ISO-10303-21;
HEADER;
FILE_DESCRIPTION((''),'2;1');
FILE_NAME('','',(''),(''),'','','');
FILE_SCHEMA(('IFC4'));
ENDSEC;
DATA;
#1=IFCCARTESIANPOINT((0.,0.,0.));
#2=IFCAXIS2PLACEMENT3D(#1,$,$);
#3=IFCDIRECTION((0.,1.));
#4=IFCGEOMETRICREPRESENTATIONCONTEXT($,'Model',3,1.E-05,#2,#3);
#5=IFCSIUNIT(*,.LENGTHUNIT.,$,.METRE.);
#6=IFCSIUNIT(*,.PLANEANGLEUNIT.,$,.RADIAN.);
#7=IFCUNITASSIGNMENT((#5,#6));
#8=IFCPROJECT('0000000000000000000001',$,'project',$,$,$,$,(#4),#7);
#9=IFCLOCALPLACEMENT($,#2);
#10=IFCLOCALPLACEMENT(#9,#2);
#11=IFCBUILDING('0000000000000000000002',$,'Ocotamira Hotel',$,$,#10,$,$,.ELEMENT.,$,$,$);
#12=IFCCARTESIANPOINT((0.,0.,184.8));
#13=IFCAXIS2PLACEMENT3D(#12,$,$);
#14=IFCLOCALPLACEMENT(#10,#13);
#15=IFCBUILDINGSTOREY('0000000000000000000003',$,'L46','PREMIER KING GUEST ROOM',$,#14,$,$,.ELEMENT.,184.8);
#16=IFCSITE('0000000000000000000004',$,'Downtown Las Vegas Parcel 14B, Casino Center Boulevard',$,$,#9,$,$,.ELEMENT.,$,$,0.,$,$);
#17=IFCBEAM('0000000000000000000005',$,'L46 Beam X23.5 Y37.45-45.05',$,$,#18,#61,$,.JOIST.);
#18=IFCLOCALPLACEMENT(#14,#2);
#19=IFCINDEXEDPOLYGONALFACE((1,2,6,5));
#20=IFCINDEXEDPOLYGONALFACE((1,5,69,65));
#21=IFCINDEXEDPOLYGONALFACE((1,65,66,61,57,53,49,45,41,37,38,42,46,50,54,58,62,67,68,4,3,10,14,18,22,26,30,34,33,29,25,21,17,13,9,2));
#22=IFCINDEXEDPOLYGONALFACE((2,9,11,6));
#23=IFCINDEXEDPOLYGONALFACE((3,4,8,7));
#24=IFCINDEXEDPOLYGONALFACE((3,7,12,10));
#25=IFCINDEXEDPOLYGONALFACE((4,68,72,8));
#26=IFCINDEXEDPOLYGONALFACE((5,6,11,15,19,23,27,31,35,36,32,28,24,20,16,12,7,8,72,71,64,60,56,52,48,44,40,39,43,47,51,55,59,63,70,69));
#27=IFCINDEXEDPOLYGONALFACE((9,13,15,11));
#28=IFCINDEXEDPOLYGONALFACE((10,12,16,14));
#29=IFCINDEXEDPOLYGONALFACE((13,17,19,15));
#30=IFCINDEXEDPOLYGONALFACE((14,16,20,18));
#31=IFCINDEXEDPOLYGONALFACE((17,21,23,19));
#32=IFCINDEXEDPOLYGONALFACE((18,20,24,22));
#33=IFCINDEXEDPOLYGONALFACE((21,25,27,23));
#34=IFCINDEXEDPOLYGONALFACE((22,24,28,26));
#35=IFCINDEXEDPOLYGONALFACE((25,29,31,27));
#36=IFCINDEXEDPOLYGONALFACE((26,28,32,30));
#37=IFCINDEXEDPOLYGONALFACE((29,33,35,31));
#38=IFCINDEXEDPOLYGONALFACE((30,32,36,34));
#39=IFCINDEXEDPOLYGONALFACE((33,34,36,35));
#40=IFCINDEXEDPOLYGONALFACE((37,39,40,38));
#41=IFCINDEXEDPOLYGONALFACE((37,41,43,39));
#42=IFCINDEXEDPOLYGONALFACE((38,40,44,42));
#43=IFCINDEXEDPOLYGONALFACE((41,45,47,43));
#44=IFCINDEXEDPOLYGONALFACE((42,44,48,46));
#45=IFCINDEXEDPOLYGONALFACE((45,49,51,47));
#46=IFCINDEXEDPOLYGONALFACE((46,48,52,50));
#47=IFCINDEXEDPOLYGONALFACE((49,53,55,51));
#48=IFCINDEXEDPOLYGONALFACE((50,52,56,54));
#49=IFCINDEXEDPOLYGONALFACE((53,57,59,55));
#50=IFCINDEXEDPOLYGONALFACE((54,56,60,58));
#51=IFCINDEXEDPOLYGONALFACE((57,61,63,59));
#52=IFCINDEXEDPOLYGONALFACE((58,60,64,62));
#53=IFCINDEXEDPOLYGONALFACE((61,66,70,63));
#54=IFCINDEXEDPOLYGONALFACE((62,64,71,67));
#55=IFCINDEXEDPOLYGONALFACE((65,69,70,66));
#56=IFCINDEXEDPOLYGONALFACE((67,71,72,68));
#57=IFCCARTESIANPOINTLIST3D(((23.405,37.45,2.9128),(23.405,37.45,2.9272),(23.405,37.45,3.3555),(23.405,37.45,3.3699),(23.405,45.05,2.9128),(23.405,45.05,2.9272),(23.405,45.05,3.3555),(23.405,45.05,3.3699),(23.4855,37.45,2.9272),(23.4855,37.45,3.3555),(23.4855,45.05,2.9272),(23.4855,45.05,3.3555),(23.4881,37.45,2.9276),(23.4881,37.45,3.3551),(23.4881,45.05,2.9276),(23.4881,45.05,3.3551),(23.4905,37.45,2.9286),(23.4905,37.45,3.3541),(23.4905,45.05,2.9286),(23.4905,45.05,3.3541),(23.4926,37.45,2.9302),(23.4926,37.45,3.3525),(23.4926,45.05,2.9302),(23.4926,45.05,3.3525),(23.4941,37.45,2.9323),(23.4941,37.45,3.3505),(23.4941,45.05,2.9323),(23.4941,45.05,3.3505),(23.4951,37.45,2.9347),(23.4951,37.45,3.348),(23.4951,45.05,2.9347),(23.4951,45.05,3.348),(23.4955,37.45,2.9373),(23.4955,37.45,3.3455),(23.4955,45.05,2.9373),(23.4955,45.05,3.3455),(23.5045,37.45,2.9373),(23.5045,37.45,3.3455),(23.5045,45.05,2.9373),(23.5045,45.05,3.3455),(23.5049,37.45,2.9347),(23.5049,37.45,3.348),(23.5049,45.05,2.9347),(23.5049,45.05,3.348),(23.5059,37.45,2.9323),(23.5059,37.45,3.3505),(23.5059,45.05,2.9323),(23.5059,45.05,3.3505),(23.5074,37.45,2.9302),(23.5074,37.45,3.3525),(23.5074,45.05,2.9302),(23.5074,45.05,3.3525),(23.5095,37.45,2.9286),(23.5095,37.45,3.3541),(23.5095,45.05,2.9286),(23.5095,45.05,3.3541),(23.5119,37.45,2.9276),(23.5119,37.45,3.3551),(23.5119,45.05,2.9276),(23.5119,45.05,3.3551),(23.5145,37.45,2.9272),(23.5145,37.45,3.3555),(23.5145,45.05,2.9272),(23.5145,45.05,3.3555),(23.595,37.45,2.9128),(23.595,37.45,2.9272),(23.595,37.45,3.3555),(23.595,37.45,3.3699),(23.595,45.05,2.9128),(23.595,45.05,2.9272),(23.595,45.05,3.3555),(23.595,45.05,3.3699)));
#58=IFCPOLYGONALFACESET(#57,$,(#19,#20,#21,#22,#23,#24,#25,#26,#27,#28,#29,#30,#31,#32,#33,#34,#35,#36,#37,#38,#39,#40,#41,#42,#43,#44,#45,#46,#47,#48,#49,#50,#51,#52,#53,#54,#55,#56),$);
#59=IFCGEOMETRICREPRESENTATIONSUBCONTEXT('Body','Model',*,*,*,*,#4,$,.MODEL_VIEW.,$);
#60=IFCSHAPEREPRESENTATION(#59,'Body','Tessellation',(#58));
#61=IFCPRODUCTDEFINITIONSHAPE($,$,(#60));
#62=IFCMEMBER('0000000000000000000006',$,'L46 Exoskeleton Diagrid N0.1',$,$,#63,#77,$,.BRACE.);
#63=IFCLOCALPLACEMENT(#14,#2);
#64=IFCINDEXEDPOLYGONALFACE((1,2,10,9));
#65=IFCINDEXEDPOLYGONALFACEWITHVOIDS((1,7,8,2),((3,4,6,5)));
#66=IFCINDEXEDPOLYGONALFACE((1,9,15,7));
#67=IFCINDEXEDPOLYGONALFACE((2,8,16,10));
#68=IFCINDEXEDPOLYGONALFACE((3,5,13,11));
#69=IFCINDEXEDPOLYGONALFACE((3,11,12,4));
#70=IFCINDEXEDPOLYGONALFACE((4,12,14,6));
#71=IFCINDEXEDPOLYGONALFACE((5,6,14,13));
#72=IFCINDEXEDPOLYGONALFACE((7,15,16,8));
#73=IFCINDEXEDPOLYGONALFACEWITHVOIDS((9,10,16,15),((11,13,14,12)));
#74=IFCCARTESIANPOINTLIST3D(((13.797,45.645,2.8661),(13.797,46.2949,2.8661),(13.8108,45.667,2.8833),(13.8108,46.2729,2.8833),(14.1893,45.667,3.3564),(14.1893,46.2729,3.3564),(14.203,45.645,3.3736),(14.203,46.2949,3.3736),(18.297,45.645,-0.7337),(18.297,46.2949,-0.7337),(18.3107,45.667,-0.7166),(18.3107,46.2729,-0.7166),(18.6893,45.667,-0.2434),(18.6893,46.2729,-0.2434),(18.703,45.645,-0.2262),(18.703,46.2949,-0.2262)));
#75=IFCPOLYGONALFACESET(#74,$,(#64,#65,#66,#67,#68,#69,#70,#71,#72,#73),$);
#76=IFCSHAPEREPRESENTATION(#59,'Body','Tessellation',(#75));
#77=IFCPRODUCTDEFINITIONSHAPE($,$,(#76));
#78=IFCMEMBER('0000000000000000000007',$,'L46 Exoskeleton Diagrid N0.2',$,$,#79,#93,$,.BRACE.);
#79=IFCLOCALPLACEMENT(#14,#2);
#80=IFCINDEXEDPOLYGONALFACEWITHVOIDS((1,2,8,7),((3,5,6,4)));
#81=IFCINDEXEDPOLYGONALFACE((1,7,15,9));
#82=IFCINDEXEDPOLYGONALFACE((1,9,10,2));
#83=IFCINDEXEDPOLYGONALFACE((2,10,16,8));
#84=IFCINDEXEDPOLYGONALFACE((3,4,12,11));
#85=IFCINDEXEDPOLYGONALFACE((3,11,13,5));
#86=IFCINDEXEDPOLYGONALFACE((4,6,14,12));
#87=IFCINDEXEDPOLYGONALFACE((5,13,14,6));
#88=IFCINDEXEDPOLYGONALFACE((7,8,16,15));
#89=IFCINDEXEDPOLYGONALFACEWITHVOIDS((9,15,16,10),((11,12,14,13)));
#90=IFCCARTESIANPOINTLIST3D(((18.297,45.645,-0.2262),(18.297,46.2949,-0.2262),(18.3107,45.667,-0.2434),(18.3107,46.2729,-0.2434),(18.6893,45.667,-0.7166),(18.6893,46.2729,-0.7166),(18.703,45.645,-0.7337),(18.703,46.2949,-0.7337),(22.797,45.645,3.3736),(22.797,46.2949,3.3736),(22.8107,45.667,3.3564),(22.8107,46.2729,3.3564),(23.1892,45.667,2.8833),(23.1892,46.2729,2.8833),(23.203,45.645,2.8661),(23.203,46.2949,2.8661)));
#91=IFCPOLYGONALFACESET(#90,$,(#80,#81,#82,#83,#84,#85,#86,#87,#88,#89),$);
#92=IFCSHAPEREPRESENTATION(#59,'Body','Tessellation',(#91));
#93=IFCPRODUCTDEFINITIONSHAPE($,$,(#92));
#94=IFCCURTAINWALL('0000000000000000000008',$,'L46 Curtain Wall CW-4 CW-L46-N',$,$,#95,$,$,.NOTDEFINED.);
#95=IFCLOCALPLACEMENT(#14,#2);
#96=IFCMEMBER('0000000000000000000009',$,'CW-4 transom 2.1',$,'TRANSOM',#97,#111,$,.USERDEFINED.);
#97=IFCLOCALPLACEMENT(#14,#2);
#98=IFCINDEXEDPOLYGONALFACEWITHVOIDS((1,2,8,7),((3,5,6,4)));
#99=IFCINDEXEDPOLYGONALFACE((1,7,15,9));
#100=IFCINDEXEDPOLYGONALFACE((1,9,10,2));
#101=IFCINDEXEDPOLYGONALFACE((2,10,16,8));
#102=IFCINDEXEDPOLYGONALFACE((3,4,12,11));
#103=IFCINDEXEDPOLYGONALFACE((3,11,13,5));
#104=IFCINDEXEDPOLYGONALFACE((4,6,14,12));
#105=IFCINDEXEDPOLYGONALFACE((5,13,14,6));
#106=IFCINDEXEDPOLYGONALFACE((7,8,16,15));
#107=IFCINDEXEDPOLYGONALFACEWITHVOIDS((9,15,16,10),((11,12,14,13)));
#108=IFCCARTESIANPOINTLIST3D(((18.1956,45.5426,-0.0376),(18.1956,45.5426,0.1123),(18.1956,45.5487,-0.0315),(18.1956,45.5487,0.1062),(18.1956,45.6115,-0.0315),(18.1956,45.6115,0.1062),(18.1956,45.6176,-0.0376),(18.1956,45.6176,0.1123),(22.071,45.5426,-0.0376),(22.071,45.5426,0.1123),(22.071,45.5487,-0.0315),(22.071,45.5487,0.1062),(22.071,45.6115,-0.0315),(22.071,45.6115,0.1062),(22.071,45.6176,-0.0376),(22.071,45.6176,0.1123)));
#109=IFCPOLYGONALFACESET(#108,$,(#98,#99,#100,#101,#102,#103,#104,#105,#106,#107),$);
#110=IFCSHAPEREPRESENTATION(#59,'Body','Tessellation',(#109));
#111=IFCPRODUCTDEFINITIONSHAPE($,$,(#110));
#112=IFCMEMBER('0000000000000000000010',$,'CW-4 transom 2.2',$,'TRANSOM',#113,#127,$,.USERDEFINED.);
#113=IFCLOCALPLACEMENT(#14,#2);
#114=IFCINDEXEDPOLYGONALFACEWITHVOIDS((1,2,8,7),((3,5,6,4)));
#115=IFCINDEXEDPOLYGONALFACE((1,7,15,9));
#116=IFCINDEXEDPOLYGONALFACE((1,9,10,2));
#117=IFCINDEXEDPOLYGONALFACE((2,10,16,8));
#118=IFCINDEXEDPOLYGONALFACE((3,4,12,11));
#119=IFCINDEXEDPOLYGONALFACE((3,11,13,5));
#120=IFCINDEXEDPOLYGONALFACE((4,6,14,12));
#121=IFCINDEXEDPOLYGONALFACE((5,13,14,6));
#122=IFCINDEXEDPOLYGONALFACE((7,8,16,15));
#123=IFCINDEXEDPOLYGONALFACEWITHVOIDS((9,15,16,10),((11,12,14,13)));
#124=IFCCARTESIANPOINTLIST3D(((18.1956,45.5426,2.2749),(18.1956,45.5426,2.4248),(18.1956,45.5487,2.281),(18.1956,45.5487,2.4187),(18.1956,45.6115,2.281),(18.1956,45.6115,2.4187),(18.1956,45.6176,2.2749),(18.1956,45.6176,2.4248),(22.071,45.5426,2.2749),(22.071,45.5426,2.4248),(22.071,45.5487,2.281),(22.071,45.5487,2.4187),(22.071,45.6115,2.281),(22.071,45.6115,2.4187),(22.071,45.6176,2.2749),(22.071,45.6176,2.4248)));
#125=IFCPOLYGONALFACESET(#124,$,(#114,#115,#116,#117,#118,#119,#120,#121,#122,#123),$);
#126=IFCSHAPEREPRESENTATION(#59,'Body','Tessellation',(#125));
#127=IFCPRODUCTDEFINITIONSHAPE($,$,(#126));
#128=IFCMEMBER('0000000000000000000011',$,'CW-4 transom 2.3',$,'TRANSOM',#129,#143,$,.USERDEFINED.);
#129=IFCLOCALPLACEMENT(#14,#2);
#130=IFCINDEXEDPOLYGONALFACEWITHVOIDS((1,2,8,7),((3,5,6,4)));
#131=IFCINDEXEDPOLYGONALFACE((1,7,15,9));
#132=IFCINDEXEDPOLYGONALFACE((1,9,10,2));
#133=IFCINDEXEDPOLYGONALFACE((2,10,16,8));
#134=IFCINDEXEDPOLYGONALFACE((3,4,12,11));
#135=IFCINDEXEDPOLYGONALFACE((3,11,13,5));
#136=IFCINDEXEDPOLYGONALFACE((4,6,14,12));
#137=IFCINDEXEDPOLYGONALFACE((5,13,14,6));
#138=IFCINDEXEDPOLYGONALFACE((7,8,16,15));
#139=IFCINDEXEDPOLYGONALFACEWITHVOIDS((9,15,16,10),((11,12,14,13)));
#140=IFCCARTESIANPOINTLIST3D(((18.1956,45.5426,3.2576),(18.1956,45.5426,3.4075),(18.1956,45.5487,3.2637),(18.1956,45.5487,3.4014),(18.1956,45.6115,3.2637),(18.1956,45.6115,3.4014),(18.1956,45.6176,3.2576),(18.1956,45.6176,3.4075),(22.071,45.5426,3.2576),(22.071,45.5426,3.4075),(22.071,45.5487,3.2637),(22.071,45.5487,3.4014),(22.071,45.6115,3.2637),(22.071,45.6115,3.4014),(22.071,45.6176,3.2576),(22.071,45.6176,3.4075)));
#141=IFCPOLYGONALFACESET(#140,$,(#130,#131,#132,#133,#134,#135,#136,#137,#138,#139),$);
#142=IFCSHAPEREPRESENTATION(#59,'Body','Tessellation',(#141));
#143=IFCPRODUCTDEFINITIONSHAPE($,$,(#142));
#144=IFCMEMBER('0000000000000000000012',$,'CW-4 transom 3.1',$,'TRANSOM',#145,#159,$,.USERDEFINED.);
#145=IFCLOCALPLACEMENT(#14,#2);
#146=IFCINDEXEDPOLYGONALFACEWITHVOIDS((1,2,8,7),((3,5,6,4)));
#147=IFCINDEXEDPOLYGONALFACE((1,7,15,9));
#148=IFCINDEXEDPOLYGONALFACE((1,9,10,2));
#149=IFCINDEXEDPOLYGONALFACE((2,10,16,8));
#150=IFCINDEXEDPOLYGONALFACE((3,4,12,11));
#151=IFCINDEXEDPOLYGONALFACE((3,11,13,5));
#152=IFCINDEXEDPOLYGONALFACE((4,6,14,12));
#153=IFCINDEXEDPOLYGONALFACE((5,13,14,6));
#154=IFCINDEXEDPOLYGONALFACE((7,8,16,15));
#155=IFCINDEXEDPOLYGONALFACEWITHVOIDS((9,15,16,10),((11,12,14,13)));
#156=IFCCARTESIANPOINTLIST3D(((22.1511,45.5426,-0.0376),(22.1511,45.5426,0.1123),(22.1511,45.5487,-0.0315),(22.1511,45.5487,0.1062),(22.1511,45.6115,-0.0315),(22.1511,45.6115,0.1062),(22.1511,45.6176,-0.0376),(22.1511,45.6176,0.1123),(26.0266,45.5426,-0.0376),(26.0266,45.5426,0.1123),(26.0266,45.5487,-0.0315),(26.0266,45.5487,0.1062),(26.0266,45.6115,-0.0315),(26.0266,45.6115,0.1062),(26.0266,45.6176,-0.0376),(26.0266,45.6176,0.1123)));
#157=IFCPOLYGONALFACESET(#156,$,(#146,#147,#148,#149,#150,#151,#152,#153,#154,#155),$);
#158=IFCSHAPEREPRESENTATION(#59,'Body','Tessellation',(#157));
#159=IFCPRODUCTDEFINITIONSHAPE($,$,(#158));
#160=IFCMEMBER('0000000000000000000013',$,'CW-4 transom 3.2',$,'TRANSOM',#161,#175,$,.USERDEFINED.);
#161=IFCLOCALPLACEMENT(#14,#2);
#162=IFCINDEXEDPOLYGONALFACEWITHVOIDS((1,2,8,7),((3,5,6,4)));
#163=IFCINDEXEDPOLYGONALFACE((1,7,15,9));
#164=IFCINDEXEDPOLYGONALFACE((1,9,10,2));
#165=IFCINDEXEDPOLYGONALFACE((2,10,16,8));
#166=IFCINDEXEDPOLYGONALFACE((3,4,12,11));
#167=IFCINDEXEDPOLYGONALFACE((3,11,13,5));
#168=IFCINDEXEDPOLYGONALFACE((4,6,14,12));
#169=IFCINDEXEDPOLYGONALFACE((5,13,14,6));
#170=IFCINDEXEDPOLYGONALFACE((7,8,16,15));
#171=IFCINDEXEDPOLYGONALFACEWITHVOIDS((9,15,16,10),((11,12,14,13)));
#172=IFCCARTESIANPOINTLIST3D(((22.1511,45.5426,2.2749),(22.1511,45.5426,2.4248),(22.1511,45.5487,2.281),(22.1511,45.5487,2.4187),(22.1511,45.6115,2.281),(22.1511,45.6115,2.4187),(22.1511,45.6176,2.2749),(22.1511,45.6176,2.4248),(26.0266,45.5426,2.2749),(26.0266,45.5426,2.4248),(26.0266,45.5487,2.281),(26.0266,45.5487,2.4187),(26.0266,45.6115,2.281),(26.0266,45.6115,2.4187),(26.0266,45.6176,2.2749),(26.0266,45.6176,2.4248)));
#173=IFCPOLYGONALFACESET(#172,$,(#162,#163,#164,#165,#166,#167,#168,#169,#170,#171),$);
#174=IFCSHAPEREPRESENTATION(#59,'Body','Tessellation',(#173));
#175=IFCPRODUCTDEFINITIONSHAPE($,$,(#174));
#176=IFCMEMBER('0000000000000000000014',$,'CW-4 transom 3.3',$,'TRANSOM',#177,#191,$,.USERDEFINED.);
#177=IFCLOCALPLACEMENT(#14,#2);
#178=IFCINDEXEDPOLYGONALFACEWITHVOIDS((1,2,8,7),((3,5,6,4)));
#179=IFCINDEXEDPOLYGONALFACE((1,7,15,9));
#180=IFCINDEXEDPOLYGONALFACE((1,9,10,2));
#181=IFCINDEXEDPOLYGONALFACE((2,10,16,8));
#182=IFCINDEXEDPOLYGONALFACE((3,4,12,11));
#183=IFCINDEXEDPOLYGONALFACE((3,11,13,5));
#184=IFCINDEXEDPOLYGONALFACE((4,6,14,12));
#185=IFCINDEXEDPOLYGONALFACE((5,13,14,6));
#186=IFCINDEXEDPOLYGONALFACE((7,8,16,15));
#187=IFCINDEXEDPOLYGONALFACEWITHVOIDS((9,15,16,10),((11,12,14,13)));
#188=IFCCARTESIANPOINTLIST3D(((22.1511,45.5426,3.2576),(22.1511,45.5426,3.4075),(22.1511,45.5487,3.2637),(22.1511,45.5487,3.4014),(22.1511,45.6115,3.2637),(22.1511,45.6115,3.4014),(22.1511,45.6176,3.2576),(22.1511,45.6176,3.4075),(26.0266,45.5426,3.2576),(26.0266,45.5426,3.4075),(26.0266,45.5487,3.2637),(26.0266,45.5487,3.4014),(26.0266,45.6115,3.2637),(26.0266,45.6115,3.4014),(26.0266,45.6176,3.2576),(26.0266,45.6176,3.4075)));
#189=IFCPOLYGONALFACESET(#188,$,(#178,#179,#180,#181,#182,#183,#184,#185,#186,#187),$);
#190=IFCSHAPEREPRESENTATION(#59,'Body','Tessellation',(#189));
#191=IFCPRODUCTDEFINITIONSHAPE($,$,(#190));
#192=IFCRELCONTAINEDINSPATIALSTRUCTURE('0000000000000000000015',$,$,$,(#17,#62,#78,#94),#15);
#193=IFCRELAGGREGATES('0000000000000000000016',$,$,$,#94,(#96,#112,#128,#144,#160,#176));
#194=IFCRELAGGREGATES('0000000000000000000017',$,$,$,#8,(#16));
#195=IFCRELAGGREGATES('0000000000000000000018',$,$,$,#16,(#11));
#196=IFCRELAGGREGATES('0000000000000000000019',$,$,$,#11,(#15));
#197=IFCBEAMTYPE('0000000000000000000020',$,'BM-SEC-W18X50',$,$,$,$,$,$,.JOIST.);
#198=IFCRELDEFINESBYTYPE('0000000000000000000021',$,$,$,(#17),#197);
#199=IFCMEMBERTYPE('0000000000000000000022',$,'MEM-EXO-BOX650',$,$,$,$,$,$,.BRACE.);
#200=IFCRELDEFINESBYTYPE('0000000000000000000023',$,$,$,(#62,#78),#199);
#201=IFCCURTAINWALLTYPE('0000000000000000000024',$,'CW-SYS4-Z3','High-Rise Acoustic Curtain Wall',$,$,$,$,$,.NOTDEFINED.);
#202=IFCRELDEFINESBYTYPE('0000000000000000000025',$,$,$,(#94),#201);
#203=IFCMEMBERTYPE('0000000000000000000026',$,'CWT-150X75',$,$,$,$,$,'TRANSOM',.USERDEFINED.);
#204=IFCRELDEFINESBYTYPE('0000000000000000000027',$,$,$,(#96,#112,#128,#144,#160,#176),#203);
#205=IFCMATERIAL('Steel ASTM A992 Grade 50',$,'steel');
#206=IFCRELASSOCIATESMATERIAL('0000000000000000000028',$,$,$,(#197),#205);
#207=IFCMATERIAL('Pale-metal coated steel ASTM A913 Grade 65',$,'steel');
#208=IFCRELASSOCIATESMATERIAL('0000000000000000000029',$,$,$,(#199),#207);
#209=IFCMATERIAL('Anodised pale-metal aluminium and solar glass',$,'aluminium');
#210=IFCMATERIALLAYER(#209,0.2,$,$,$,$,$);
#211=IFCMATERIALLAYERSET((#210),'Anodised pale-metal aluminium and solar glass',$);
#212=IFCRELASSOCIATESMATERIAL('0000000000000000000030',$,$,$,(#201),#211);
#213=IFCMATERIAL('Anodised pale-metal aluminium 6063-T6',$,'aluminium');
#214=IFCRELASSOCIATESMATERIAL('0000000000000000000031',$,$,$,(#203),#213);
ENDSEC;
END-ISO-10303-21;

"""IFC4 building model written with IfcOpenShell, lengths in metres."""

from ifc_helpers import new_model, si_unit, direction, frame, origin, origin_2d, place, context, subcontext, project, spatial, hollow_rectangle, i_section, extrude, source, transform, mapped, material, layer, layer_set, material_profile, profile_set, type_object, element, aggregate, save


model = new_model("IFC4")

# Units and contexts
model_context = context("Model", 3, precision=1e-05, world=origin(), true_north=direction((0.0, 1.0)))
body_context = subcontext(model_context, "Body", "Model", "MODEL_VIEW")
ifc_project = project(units=[si_unit("LENGTHUNIT", "METRE"), si_unit("PLANEANGLEUNIT", "RADIAN")], contexts=[model_context])

# Site, building, storey
site_placement = place(None, origin())
site = spatial("IfcSite", under=ifc_project, at=site_placement, Name="Downtown Las Vegas Parcel 14B, Casino Center Boulevard", CompositionType="ELEMENT", RefElevation=0.0)
building_placement = place(site_placement, origin())
building = spatial("IfcBuilding", under=site, at=building_placement, Name="Ocotamira Hotel", CompositionType="ELEMENT")
storey_placement = place(building_placement, frame((0.0, 0.0, 184.8)))
storey = spatial("IfcBuildingStorey", under=building, at=storey_placement, Name="L46", Description="PREMIER KING GUEST ROOM", CompositionType="ELEMENT", Elevation=184.8)

# Beam
ifc_material_1 = material(Name="Steel ASTM A992 Grade 50", Category="steel")
ifc_material_profile_1 = material_profile(ifc_material_1, i_section(OverallWidth=0.1899, OverallDepth=0.457, WebThickness=0.009, FlangeThickness=0.0144, FilletRadius=0.01, at=origin_2d()), Name="W18X50")
ifc_profile_set_1 = profile_set([ifc_material_profile_1], Name="Steel ASTM A992 Grade 50")
beam_type_1 = type_object("IfcBeamType", Name="BM-SEC-W18X50", PredefinedType="JOIST", material=ifc_profile_set_1)
shared_shape_1 = source(origin(), body_context, "Body", "SweptSolid", [
    extrude(i_section(OverallWidth=0.1899, OverallDepth=0.457, WebThickness=0.009, FlangeThickness=0.0144, FilletRadius=0.01, at=origin_2d()), origin(), (0.0, 0.0, 1.0), 7.6001),
])
beam_1_placement = place(storey_placement, frame((23.5, 37.45, 3.1414), z_axis=(0.0, 1.0, 0.0), x_axis=(-1.0, 0.0, 0.0)))
element("IfcBeam", 1, at=beam_1_placement, inside=storey, type_object=beam_type_1, Name="L46 Beam X23.5 Y37.45-45.05", PredefinedType="JOIST", context=body_context, shape_type="MappedRepresentation", body=[
    mapped(shared_shape_1, transform((0.0, 0.0, 0.0), scale=1.0)),
])

# Members
ifc_material_2 = material(Name="Pale-metal coated steel ASTM A913 Grade 65", Category="steel")
ifc_material_profile_2 = material_profile(ifc_material_2, hollow_rectangle(XDim=0.6499, YDim=0.6499, WallThickness=0.022, at=origin_2d()), Name="BOX650X650X22")
ifc_profile_set_2 = profile_set([ifc_material_profile_2], Name="Pale-metal coated steel ASTM A913 Grade 65")
member_type_1 = type_object("IfcMemberType", Name="MEM-EXO-BOX650", PredefinedType="BRACE", material=ifc_profile_set_2)
shared_shape_2 = source(origin(), body_context, "Body", "SweptSolid", [
    extrude(hollow_rectangle(XDim=0.6499, YDim=0.6499, WallThickness=0.022, at=origin_2d()), origin(), (0.0, 0.0, 1.0), 5.7627),
])
for number, where, z_axis, x_axis, name in (
    (2, (18.5, 45.97, -0.48), (-0.780881, 0.0, 0.62468), (0.0, -1.0, 0.0), "L46 Exoskeleton Diagrid N0.1"),
    (3, (18.5, 45.97, -0.48), (0.780881, 0.0, 0.62468), (0.0, 1.0, 0.0), "L46 Exoskeleton Diagrid N0.2"),
):
    element("IfcMember", number, at=place(storey_placement, frame(where, z_axis=z_axis, x_axis=x_axis)), inside=storey, type_object=member_type_1, Name=name, PredefinedType="BRACE", context=body_context, shape_type="MappedRepresentation", body=[
        mapped(shared_shape_2, transform((0.0, 0.0, 0.0), scale=1.0)),
    ])

# Curtain wall, members
ifc_material_3 = material(Name="Anodised pale-metal aluminium and solar glass", Category="aluminium")
ifc_layer_1 = layer(ifc_material_3, 0.2)
ifc_layer_set_1 = layer_set([ifc_layer_1], Name="Anodised pale-metal aluminium and solar glass")
curtain_wall_type = type_object("IfcCurtainWallType", Name="CW-SYS4-Z3", Description="High-Rise Acoustic Curtain Wall", PredefinedType="NOTDEFINED", material=ifc_layer_set_1)
curtain_wall_placement = place(storey_placement, origin())
curtain_wall = element("IfcCurtainWall", 4, at=curtain_wall_placement, inside=storey, type_object=curtain_wall_type, Name="L46 Curtain Wall CW-4 CW-L46-N", PredefinedType="NOTDEFINED")
ifc_material_4 = material(Name="Anodised pale-metal aluminium 6063-T6", Category="aluminium")
ifc_material_profile_3 = material_profile(ifc_material_4, hollow_rectangle(XDim=0.075, YDim=0.1499, WallThickness=0.0061, at=origin_2d()), Name="HSS150X75X6")
ifc_profile_set_3 = profile_set([ifc_material_profile_3], Name="Anodised pale-metal aluminium 6063-T6")
member_type_2 = type_object("IfcMemberType", Name="CWT-150X75", ElementType="TRANSOM", PredefinedType="USERDEFINED", material=ifc_profile_set_3)
shared_shape_3 = source(origin(), body_context, "Body", "SweptSolid", [
    extrude(hollow_rectangle(XDim=0.075, YDim=0.1499, WallThickness=0.0061, at=origin_2d()), origin(), (0.0, 0.0, 1.0), 3.8755),
])
member_1_placement = place(storey_placement, frame((18.1956, 45.5801, 0.0374), z_axis=(1.0, 0.0, 0.0), x_axis=(0.0, 1.0, 0.0)))
member_1 = element("IfcMember", 5, at=member_1_placement, type_object=member_type_2, Name="CW-4 transom 2.1", ObjectType="TRANSOM", PredefinedType="USERDEFINED", context=body_context, shape_type="MappedRepresentation", body=[
    mapped(shared_shape_3, transform((0.0, 0.0, 0.0), scale=1.0)),
])
member_2_placement = place(storey_placement, frame((18.1956, 45.5801, 2.3499), z_axis=(1.0, 0.0, 0.0), x_axis=(0.0, 1.0, 0.0)))
member_2 = element("IfcMember", 6, at=member_2_placement, type_object=member_type_2, Name="CW-4 transom 2.2", ObjectType="TRANSOM", PredefinedType="USERDEFINED", context=body_context, shape_type="MappedRepresentation", body=[
    mapped(shared_shape_3, transform((0.0, 0.0, 0.0), scale=1.0)),
])
member_3_placement = place(storey_placement, frame((18.1956, 45.5801, 3.3325), z_axis=(1.0, 0.0, 0.0), x_axis=(0.0, 1.0, 0.0)))
member_3 = element("IfcMember", 7, at=member_3_placement, type_object=member_type_2, Name="CW-4 transom 2.3", ObjectType="TRANSOM", PredefinedType="USERDEFINED", context=body_context, shape_type="MappedRepresentation", body=[
    mapped(shared_shape_3, transform((0.0, 0.0, 0.0), scale=1.0)),
])
member_4_placement = place(storey_placement, frame((22.1511, 45.5801, 0.0374), z_axis=(1.0, 0.0, 0.0), x_axis=(0.0, 1.0, 0.0)))
member_4 = element("IfcMember", 8, at=member_4_placement, type_object=member_type_2, Name="CW-4 transom 3.1", ObjectType="TRANSOM", PredefinedType="USERDEFINED", context=body_context, shape_type="MappedRepresentation", body=[
    mapped(shared_shape_3, transform((0.0, 0.0, 0.0), scale=1.0)),
])
member_5_placement = place(storey_placement, frame((22.1511, 45.5801, 2.3499), z_axis=(1.0, 0.0, 0.0), x_axis=(0.0, 1.0, 0.0)))
member_5 = element("IfcMember", 9, at=member_5_placement, type_object=member_type_2, Name="CW-4 transom 3.2", ObjectType="TRANSOM", PredefinedType="USERDEFINED", context=body_context, shape_type="MappedRepresentation", body=[
    mapped(shared_shape_3, transform((0.0, 0.0, 0.0), scale=1.0)),
])
member_6_placement = place(storey_placement, frame((22.1511, 45.5801, 3.3325), z_axis=(1.0, 0.0, 0.0), x_axis=(0.0, 1.0, 0.0)))
member_6 = element("IfcMember", 10, at=member_6_placement, type_object=member_type_2, Name="CW-4 transom 3.3", ObjectType="TRANSOM", PredefinedType="USERDEFINED", context=body_context, shape_type="MappedRepresentation", body=[
    mapped(shared_shape_3, transform((0.0, 0.0, 0.0), scale=1.0)),
])

aggregate(curtain_wall, [member_1, member_2, member_3, member_4, member_5, member_6])

save(model, "model.ifc")
